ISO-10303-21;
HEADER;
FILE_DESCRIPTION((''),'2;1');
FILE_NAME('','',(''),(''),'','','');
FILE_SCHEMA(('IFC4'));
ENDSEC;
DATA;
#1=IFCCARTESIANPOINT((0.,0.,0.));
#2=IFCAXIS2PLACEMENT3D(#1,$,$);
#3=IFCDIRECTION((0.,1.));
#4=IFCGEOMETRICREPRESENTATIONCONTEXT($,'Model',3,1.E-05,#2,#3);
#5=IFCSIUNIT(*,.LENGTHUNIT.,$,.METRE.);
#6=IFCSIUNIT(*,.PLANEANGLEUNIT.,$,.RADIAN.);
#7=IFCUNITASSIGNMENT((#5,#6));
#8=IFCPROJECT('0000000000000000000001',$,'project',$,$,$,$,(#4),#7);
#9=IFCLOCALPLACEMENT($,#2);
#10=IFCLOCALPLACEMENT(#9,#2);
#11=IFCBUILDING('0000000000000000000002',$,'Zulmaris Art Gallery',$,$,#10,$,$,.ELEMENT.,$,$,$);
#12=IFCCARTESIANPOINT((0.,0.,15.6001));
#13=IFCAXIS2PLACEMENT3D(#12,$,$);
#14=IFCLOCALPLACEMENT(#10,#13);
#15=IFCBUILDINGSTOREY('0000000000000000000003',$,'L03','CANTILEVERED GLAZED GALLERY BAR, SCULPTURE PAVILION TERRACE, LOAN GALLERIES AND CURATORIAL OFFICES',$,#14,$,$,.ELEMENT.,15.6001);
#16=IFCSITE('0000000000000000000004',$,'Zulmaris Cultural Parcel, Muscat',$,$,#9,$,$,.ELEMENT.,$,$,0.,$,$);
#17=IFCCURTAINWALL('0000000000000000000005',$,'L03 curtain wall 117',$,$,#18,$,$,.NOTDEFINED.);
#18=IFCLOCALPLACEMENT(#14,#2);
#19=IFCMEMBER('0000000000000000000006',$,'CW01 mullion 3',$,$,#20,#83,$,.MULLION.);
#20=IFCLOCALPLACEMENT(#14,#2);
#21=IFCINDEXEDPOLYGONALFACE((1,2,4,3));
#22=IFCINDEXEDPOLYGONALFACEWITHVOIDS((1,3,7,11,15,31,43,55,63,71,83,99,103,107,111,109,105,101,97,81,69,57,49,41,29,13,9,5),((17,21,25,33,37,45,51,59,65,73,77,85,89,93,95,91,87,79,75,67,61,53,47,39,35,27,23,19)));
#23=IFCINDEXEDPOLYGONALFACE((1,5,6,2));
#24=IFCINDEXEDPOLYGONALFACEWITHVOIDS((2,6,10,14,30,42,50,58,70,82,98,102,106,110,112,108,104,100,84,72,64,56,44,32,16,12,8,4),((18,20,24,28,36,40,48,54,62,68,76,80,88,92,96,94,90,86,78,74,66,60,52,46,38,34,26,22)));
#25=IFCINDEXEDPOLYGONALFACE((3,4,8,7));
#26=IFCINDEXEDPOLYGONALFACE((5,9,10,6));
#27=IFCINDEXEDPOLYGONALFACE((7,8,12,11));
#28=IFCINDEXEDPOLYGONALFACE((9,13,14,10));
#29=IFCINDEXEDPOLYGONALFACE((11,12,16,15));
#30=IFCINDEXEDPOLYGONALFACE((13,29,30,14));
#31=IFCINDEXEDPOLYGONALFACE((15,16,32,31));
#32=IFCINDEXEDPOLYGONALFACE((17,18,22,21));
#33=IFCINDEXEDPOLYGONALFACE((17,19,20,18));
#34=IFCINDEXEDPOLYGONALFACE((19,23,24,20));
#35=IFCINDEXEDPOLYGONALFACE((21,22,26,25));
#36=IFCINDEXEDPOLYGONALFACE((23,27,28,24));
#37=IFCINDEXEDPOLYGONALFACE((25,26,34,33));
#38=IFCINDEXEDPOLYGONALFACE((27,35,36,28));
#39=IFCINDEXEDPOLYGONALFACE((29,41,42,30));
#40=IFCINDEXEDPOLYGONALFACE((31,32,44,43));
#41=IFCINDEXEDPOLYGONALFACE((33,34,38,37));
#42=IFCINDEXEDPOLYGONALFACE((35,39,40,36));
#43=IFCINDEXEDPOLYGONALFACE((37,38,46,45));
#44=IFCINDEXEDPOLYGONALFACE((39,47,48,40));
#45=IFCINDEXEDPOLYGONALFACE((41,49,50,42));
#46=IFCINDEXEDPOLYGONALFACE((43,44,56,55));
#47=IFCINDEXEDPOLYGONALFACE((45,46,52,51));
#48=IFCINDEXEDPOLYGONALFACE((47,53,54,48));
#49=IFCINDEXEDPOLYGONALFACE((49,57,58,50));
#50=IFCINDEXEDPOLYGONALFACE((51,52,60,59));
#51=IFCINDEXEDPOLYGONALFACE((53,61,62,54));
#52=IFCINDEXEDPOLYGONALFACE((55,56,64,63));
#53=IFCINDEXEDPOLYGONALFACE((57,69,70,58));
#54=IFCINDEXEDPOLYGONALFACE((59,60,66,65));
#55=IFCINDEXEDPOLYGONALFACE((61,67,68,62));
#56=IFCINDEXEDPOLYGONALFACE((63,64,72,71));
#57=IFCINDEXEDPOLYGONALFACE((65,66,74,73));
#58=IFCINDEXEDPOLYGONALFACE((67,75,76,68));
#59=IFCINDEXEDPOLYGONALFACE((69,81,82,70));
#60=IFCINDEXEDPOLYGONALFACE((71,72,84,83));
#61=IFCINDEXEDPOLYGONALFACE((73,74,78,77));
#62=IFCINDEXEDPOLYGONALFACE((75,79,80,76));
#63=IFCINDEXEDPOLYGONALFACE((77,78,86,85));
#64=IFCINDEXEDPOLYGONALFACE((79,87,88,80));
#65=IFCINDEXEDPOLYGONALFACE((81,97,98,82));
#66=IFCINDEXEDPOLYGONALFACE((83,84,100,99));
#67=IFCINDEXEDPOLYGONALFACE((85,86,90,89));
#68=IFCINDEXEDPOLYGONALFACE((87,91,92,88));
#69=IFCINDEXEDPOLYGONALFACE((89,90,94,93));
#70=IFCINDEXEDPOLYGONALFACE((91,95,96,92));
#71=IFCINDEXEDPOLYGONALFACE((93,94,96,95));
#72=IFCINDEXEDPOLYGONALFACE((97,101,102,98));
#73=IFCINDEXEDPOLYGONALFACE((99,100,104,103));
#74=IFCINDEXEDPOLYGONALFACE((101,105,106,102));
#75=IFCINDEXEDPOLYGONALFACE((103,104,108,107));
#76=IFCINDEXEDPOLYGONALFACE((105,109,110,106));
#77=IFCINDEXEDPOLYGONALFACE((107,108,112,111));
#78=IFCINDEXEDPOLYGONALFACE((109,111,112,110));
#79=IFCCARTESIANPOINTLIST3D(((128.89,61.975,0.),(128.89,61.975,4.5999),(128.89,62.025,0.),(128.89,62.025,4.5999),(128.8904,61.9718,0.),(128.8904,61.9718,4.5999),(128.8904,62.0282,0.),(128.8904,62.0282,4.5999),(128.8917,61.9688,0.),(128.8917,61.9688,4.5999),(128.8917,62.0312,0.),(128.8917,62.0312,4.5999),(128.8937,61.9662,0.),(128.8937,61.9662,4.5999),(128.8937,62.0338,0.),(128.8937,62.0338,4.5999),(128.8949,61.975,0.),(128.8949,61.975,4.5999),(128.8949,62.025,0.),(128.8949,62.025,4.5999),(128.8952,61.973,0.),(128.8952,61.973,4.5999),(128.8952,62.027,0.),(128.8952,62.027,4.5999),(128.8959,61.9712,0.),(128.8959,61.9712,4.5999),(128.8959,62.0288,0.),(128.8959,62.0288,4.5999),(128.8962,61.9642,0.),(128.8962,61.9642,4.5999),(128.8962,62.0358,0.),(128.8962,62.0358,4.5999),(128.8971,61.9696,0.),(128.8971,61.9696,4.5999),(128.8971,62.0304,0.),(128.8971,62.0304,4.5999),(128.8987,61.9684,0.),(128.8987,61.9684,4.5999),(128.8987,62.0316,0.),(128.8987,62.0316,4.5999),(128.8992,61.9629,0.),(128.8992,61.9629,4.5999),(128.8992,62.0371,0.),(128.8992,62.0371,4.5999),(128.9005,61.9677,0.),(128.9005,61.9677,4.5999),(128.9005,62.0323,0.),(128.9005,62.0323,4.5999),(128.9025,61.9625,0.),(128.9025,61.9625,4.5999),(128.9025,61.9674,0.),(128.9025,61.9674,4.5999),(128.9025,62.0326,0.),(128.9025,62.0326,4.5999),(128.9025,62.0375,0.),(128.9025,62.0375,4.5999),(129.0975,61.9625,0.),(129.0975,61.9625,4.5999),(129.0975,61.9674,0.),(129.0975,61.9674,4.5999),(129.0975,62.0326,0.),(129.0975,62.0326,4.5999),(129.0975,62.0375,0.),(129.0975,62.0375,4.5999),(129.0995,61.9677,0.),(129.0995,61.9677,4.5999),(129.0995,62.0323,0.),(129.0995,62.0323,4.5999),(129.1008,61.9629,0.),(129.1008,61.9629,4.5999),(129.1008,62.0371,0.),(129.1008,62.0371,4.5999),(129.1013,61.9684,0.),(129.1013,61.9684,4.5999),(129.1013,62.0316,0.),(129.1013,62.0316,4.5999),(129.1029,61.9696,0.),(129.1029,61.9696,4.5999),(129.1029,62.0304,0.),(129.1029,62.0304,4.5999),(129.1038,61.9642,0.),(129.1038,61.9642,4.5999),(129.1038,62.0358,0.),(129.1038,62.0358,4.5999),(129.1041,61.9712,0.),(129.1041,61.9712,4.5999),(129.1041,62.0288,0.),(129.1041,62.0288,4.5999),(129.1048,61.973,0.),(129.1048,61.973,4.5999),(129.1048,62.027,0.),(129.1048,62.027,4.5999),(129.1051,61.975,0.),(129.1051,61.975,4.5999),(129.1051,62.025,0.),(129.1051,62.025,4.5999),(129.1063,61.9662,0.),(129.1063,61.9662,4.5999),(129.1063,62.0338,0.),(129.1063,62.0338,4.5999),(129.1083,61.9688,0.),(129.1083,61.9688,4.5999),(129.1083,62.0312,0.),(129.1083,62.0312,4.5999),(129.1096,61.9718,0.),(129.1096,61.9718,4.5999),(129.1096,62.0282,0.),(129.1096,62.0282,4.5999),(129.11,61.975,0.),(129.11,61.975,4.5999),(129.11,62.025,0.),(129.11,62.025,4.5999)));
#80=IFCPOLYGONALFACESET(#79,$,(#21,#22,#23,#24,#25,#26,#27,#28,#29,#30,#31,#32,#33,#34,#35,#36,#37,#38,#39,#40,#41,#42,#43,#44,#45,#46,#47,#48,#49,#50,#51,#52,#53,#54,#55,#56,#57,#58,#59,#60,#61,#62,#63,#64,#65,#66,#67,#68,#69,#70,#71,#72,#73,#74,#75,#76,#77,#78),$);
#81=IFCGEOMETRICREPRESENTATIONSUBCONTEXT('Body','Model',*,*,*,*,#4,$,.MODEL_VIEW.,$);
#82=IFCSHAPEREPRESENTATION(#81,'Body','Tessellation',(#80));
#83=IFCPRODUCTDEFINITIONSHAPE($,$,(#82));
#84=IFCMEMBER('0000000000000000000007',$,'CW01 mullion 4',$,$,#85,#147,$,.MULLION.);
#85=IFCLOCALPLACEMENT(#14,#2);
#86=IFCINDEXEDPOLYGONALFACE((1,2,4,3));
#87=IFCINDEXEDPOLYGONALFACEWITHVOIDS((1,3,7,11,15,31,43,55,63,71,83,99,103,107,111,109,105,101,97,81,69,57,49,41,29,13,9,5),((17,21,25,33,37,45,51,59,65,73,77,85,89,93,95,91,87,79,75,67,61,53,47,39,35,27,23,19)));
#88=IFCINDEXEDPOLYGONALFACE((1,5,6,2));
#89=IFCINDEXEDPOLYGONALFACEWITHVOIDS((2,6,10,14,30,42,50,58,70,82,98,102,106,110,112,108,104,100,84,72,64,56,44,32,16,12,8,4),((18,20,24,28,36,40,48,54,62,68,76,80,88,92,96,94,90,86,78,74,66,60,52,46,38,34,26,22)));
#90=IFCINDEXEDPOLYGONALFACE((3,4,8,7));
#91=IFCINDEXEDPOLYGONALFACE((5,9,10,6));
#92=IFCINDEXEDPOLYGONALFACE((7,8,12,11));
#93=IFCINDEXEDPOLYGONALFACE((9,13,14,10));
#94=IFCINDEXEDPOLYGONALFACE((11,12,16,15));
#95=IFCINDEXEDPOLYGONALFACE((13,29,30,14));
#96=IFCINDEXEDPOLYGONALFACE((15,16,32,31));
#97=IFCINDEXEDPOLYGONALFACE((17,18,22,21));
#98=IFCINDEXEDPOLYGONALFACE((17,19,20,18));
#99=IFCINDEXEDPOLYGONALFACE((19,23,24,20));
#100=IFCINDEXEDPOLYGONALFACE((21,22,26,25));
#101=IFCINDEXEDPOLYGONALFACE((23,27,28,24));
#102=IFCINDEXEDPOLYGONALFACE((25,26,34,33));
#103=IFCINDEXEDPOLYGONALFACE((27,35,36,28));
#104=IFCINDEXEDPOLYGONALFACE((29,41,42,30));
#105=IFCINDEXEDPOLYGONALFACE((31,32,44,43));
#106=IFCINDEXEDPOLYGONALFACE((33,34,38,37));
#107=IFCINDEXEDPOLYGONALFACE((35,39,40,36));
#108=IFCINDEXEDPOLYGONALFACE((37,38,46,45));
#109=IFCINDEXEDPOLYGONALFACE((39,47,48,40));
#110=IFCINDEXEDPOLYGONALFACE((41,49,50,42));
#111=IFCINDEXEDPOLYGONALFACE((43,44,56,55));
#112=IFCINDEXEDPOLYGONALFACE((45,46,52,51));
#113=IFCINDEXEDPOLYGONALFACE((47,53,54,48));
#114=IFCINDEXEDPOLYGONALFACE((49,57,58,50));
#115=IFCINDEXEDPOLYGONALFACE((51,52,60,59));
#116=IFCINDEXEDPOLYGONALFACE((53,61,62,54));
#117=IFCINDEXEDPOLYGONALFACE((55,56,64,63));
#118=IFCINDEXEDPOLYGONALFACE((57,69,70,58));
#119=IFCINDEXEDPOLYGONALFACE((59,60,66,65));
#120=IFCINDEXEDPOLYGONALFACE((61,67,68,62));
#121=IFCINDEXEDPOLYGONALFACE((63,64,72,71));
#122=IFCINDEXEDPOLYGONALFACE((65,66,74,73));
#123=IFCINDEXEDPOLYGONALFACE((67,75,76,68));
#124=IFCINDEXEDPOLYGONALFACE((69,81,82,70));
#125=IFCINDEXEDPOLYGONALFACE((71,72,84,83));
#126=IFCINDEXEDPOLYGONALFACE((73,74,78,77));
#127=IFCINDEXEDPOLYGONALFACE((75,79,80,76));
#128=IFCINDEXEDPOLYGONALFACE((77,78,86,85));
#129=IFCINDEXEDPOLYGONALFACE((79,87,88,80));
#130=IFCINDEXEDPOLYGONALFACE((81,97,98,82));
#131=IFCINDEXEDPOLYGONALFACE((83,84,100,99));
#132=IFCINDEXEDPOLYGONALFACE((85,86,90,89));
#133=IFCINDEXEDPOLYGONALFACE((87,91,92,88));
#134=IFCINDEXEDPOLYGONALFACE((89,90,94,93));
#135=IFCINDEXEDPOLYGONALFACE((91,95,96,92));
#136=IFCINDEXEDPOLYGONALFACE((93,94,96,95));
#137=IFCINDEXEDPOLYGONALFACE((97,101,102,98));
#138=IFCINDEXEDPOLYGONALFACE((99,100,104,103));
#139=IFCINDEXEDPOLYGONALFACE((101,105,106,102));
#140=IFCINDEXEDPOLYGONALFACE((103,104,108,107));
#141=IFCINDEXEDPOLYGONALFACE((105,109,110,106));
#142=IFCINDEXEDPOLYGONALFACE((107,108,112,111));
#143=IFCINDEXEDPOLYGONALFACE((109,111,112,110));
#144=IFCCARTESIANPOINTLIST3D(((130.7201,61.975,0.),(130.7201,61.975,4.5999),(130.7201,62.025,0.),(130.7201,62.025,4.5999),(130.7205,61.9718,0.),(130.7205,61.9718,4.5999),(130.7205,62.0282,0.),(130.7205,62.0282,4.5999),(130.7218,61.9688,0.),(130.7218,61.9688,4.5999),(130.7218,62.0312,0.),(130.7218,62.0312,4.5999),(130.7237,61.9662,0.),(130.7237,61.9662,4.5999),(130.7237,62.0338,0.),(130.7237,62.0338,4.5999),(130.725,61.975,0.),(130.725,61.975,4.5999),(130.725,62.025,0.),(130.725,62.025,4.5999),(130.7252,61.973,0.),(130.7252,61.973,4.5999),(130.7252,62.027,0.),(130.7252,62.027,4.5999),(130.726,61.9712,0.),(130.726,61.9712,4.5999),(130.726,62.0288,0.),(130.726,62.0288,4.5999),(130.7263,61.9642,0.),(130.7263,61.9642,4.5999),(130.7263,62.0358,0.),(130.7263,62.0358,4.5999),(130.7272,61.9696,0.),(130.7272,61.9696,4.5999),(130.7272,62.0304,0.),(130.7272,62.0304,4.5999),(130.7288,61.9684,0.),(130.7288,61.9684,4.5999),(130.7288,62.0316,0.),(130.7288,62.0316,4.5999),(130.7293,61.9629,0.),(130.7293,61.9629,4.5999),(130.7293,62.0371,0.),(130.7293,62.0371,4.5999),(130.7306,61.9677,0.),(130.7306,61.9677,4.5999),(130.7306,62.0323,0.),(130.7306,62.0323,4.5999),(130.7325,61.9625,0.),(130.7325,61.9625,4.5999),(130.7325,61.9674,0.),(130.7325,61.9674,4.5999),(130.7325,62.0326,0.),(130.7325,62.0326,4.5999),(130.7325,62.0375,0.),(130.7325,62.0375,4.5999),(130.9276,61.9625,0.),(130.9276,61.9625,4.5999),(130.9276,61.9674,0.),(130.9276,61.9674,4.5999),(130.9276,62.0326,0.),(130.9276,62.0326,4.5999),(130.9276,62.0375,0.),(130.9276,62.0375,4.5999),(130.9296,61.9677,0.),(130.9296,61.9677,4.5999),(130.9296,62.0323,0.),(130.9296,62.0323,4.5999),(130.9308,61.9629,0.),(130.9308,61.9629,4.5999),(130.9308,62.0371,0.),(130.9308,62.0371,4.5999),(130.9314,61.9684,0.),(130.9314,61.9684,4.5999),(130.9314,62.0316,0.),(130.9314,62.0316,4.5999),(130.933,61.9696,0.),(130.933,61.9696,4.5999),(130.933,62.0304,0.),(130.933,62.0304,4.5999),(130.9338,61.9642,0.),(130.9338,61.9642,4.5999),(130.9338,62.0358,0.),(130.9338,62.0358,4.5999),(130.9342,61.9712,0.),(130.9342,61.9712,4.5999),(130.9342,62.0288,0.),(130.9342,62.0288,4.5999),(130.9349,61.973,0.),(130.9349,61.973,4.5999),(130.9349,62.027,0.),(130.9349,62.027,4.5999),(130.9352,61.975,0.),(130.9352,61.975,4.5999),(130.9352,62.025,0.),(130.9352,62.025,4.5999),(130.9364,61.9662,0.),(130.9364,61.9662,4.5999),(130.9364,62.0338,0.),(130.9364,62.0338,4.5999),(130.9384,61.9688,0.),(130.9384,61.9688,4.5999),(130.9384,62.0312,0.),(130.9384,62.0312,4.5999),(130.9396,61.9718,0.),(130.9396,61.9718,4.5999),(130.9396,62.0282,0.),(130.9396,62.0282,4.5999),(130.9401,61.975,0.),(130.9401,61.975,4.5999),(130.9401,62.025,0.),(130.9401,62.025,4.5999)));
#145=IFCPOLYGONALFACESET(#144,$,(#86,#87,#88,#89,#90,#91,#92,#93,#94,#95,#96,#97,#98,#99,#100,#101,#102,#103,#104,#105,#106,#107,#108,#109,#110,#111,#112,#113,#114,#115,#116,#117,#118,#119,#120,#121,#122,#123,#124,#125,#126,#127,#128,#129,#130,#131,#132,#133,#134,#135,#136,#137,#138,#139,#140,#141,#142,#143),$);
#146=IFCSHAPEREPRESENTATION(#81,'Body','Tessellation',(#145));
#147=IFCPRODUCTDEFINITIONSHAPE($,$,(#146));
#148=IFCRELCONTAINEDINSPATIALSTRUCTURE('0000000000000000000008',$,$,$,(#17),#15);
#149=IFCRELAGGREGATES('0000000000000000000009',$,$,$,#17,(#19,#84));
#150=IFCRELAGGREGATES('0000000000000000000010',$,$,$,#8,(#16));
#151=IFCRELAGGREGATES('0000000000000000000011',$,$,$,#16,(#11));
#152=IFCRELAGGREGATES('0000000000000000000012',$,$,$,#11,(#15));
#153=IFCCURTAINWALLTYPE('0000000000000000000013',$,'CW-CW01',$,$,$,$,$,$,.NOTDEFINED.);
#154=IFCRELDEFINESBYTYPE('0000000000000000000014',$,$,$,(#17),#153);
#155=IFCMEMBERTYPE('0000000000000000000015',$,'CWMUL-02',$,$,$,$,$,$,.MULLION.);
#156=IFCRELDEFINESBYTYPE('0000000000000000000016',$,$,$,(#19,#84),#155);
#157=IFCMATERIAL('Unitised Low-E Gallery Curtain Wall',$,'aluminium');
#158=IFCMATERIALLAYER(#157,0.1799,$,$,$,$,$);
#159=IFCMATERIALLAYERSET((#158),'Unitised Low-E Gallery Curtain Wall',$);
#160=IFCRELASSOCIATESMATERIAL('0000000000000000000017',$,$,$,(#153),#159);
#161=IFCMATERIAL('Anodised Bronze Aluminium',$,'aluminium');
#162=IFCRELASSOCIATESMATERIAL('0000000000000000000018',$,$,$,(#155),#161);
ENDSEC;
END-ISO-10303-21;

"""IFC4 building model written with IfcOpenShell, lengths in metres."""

from ifc_helpers import new_model, si_unit, direction, frame, origin, origin_2d, place, context, subcontext, project, spatial, hollow_rectangle, extrude, material, layer, layer_set, material_profile, profile_set, type_object, element, aggregate, save


model = new_model("IFC4")

# Units and contexts
model_context = context("Model", 3, precision=1e-05, world=origin(), true_north=direction((0.0, 1.0)))
body_context = subcontext(model_context, "Body", "Model", "MODEL_VIEW")
ifc_project = project(units=[si_unit("LENGTHUNIT", "METRE"), si_unit("PLANEANGLEUNIT", "RADIAN")], contexts=[model_context])

# Site, building, storey
site_placement = place(None, origin())
site = spatial("IfcSite", under=ifc_project, at=site_placement, Name="Zulmaris Cultural Parcel, Muscat", CompositionType="ELEMENT", RefElevation=0.0)
building_placement = place(site_placement, origin())
building = spatial("IfcBuilding", under=site, at=building_placement, Name="Zulmaris Art Gallery", CompositionType="ELEMENT")
storey_placement = place(building_placement, frame((0.0, 0.0, 15.6001)))
storey = spatial("IfcBuildingStorey", under=building, at=storey_placement, Name="L03", Description="CANTILEVERED GLAZED GALLERY BAR, SCULPTURE PAVILION TERRACE, LOAN GALLERIES AND CURATORIAL OFFICES", CompositionType="ELEMENT", Elevation=15.6001)

# Curtain wall, members
ifc_material_1 = material(Name="Unitised Low-E Gallery Curtain Wall", Category="aluminium")
ifc_layer_1 = layer(ifc_material_1, 0.1799)
ifc_layer_set_1 = layer_set([ifc_layer_1], Name="Unitised Low-E Gallery Curtain Wall")
curtain_wall_type = type_object("IfcCurtainWallType", Name="CW-CW01", PredefinedType="NOTDEFINED", material=ifc_layer_set_1)
curtain_wall_1_placement = place(storey_placement, origin())
curtain_wall_1 = element("IfcCurtainWall", 1, at=curtain_wall_1_placement, inside=storey, type_object=curtain_wall_type, Name="L03 curtain wall 117", PredefinedType="NOTDEFINED")
ifc_material_2 = material(Name="Anodised Bronze Aluminium", Category="aluminium")
ifc_material_profile_1 = material_profile(ifc_material_2, hollow_rectangle(XDim=0.075, YDim=0.22, WallThickness=0.0049, InnerFilletRadius=0.0076, OuterFilletRadius=0.0125, at=origin_2d()), Name="ALU 75x220x5")
ifc_profile_set_1 = profile_set([ifc_material_profile_1], Name="Anodised Bronze Aluminium")
member_type_1 = type_object("IfcMemberType", Name="CWMUL-02", PredefinedType="MULLION", material=ifc_profile_set_1)
member_1_placement = place(storey_placement, frame((129.0, 62.0, 0.0), z_axis=(0.0, 0.0, 1.0), x_axis=(0.0, 1.0, 0.0)))
member_1 = element("IfcMember", 2, at=member_1_placement, type_object=member_type_1, Name="CW01 mullion 3", PredefinedType="MULLION", context=body_context, shape_type="SweptSolid", body=[
    extrude(hollow_rectangle(XDim=0.075, YDim=0.22, WallThickness=0.0049, InnerFilletRadius=0.0076, OuterFilletRadius=0.0125, at=origin_2d()), origin(), (0.0, 0.0, 1.0), 4.5999),
])
member_2_placement = place(storey_placement, frame((130.8301, 62.0, 0.0), z_axis=(0.0, 0.0, 1.0), x_axis=(0.0, 1.0, 0.0)))
member_2 = element("IfcMember", 3, at=member_2_placement, type_object=member_type_1, Name="CW01 mullion 4", PredefinedType="MULLION", context=body_context, shape_type="SweptSolid", body=[
    extrude(hollow_rectangle(XDim=0.075, YDim=0.22, WallThickness=0.0049, InnerFilletRadius=0.0076, OuterFilletRadius=0.0125, at=origin_2d()), origin(), (0.0, 0.0, 1.0), 4.5999),
])

aggregate(curtain_wall_1, [member_1, member_2])

save(model, "model.ifc")
